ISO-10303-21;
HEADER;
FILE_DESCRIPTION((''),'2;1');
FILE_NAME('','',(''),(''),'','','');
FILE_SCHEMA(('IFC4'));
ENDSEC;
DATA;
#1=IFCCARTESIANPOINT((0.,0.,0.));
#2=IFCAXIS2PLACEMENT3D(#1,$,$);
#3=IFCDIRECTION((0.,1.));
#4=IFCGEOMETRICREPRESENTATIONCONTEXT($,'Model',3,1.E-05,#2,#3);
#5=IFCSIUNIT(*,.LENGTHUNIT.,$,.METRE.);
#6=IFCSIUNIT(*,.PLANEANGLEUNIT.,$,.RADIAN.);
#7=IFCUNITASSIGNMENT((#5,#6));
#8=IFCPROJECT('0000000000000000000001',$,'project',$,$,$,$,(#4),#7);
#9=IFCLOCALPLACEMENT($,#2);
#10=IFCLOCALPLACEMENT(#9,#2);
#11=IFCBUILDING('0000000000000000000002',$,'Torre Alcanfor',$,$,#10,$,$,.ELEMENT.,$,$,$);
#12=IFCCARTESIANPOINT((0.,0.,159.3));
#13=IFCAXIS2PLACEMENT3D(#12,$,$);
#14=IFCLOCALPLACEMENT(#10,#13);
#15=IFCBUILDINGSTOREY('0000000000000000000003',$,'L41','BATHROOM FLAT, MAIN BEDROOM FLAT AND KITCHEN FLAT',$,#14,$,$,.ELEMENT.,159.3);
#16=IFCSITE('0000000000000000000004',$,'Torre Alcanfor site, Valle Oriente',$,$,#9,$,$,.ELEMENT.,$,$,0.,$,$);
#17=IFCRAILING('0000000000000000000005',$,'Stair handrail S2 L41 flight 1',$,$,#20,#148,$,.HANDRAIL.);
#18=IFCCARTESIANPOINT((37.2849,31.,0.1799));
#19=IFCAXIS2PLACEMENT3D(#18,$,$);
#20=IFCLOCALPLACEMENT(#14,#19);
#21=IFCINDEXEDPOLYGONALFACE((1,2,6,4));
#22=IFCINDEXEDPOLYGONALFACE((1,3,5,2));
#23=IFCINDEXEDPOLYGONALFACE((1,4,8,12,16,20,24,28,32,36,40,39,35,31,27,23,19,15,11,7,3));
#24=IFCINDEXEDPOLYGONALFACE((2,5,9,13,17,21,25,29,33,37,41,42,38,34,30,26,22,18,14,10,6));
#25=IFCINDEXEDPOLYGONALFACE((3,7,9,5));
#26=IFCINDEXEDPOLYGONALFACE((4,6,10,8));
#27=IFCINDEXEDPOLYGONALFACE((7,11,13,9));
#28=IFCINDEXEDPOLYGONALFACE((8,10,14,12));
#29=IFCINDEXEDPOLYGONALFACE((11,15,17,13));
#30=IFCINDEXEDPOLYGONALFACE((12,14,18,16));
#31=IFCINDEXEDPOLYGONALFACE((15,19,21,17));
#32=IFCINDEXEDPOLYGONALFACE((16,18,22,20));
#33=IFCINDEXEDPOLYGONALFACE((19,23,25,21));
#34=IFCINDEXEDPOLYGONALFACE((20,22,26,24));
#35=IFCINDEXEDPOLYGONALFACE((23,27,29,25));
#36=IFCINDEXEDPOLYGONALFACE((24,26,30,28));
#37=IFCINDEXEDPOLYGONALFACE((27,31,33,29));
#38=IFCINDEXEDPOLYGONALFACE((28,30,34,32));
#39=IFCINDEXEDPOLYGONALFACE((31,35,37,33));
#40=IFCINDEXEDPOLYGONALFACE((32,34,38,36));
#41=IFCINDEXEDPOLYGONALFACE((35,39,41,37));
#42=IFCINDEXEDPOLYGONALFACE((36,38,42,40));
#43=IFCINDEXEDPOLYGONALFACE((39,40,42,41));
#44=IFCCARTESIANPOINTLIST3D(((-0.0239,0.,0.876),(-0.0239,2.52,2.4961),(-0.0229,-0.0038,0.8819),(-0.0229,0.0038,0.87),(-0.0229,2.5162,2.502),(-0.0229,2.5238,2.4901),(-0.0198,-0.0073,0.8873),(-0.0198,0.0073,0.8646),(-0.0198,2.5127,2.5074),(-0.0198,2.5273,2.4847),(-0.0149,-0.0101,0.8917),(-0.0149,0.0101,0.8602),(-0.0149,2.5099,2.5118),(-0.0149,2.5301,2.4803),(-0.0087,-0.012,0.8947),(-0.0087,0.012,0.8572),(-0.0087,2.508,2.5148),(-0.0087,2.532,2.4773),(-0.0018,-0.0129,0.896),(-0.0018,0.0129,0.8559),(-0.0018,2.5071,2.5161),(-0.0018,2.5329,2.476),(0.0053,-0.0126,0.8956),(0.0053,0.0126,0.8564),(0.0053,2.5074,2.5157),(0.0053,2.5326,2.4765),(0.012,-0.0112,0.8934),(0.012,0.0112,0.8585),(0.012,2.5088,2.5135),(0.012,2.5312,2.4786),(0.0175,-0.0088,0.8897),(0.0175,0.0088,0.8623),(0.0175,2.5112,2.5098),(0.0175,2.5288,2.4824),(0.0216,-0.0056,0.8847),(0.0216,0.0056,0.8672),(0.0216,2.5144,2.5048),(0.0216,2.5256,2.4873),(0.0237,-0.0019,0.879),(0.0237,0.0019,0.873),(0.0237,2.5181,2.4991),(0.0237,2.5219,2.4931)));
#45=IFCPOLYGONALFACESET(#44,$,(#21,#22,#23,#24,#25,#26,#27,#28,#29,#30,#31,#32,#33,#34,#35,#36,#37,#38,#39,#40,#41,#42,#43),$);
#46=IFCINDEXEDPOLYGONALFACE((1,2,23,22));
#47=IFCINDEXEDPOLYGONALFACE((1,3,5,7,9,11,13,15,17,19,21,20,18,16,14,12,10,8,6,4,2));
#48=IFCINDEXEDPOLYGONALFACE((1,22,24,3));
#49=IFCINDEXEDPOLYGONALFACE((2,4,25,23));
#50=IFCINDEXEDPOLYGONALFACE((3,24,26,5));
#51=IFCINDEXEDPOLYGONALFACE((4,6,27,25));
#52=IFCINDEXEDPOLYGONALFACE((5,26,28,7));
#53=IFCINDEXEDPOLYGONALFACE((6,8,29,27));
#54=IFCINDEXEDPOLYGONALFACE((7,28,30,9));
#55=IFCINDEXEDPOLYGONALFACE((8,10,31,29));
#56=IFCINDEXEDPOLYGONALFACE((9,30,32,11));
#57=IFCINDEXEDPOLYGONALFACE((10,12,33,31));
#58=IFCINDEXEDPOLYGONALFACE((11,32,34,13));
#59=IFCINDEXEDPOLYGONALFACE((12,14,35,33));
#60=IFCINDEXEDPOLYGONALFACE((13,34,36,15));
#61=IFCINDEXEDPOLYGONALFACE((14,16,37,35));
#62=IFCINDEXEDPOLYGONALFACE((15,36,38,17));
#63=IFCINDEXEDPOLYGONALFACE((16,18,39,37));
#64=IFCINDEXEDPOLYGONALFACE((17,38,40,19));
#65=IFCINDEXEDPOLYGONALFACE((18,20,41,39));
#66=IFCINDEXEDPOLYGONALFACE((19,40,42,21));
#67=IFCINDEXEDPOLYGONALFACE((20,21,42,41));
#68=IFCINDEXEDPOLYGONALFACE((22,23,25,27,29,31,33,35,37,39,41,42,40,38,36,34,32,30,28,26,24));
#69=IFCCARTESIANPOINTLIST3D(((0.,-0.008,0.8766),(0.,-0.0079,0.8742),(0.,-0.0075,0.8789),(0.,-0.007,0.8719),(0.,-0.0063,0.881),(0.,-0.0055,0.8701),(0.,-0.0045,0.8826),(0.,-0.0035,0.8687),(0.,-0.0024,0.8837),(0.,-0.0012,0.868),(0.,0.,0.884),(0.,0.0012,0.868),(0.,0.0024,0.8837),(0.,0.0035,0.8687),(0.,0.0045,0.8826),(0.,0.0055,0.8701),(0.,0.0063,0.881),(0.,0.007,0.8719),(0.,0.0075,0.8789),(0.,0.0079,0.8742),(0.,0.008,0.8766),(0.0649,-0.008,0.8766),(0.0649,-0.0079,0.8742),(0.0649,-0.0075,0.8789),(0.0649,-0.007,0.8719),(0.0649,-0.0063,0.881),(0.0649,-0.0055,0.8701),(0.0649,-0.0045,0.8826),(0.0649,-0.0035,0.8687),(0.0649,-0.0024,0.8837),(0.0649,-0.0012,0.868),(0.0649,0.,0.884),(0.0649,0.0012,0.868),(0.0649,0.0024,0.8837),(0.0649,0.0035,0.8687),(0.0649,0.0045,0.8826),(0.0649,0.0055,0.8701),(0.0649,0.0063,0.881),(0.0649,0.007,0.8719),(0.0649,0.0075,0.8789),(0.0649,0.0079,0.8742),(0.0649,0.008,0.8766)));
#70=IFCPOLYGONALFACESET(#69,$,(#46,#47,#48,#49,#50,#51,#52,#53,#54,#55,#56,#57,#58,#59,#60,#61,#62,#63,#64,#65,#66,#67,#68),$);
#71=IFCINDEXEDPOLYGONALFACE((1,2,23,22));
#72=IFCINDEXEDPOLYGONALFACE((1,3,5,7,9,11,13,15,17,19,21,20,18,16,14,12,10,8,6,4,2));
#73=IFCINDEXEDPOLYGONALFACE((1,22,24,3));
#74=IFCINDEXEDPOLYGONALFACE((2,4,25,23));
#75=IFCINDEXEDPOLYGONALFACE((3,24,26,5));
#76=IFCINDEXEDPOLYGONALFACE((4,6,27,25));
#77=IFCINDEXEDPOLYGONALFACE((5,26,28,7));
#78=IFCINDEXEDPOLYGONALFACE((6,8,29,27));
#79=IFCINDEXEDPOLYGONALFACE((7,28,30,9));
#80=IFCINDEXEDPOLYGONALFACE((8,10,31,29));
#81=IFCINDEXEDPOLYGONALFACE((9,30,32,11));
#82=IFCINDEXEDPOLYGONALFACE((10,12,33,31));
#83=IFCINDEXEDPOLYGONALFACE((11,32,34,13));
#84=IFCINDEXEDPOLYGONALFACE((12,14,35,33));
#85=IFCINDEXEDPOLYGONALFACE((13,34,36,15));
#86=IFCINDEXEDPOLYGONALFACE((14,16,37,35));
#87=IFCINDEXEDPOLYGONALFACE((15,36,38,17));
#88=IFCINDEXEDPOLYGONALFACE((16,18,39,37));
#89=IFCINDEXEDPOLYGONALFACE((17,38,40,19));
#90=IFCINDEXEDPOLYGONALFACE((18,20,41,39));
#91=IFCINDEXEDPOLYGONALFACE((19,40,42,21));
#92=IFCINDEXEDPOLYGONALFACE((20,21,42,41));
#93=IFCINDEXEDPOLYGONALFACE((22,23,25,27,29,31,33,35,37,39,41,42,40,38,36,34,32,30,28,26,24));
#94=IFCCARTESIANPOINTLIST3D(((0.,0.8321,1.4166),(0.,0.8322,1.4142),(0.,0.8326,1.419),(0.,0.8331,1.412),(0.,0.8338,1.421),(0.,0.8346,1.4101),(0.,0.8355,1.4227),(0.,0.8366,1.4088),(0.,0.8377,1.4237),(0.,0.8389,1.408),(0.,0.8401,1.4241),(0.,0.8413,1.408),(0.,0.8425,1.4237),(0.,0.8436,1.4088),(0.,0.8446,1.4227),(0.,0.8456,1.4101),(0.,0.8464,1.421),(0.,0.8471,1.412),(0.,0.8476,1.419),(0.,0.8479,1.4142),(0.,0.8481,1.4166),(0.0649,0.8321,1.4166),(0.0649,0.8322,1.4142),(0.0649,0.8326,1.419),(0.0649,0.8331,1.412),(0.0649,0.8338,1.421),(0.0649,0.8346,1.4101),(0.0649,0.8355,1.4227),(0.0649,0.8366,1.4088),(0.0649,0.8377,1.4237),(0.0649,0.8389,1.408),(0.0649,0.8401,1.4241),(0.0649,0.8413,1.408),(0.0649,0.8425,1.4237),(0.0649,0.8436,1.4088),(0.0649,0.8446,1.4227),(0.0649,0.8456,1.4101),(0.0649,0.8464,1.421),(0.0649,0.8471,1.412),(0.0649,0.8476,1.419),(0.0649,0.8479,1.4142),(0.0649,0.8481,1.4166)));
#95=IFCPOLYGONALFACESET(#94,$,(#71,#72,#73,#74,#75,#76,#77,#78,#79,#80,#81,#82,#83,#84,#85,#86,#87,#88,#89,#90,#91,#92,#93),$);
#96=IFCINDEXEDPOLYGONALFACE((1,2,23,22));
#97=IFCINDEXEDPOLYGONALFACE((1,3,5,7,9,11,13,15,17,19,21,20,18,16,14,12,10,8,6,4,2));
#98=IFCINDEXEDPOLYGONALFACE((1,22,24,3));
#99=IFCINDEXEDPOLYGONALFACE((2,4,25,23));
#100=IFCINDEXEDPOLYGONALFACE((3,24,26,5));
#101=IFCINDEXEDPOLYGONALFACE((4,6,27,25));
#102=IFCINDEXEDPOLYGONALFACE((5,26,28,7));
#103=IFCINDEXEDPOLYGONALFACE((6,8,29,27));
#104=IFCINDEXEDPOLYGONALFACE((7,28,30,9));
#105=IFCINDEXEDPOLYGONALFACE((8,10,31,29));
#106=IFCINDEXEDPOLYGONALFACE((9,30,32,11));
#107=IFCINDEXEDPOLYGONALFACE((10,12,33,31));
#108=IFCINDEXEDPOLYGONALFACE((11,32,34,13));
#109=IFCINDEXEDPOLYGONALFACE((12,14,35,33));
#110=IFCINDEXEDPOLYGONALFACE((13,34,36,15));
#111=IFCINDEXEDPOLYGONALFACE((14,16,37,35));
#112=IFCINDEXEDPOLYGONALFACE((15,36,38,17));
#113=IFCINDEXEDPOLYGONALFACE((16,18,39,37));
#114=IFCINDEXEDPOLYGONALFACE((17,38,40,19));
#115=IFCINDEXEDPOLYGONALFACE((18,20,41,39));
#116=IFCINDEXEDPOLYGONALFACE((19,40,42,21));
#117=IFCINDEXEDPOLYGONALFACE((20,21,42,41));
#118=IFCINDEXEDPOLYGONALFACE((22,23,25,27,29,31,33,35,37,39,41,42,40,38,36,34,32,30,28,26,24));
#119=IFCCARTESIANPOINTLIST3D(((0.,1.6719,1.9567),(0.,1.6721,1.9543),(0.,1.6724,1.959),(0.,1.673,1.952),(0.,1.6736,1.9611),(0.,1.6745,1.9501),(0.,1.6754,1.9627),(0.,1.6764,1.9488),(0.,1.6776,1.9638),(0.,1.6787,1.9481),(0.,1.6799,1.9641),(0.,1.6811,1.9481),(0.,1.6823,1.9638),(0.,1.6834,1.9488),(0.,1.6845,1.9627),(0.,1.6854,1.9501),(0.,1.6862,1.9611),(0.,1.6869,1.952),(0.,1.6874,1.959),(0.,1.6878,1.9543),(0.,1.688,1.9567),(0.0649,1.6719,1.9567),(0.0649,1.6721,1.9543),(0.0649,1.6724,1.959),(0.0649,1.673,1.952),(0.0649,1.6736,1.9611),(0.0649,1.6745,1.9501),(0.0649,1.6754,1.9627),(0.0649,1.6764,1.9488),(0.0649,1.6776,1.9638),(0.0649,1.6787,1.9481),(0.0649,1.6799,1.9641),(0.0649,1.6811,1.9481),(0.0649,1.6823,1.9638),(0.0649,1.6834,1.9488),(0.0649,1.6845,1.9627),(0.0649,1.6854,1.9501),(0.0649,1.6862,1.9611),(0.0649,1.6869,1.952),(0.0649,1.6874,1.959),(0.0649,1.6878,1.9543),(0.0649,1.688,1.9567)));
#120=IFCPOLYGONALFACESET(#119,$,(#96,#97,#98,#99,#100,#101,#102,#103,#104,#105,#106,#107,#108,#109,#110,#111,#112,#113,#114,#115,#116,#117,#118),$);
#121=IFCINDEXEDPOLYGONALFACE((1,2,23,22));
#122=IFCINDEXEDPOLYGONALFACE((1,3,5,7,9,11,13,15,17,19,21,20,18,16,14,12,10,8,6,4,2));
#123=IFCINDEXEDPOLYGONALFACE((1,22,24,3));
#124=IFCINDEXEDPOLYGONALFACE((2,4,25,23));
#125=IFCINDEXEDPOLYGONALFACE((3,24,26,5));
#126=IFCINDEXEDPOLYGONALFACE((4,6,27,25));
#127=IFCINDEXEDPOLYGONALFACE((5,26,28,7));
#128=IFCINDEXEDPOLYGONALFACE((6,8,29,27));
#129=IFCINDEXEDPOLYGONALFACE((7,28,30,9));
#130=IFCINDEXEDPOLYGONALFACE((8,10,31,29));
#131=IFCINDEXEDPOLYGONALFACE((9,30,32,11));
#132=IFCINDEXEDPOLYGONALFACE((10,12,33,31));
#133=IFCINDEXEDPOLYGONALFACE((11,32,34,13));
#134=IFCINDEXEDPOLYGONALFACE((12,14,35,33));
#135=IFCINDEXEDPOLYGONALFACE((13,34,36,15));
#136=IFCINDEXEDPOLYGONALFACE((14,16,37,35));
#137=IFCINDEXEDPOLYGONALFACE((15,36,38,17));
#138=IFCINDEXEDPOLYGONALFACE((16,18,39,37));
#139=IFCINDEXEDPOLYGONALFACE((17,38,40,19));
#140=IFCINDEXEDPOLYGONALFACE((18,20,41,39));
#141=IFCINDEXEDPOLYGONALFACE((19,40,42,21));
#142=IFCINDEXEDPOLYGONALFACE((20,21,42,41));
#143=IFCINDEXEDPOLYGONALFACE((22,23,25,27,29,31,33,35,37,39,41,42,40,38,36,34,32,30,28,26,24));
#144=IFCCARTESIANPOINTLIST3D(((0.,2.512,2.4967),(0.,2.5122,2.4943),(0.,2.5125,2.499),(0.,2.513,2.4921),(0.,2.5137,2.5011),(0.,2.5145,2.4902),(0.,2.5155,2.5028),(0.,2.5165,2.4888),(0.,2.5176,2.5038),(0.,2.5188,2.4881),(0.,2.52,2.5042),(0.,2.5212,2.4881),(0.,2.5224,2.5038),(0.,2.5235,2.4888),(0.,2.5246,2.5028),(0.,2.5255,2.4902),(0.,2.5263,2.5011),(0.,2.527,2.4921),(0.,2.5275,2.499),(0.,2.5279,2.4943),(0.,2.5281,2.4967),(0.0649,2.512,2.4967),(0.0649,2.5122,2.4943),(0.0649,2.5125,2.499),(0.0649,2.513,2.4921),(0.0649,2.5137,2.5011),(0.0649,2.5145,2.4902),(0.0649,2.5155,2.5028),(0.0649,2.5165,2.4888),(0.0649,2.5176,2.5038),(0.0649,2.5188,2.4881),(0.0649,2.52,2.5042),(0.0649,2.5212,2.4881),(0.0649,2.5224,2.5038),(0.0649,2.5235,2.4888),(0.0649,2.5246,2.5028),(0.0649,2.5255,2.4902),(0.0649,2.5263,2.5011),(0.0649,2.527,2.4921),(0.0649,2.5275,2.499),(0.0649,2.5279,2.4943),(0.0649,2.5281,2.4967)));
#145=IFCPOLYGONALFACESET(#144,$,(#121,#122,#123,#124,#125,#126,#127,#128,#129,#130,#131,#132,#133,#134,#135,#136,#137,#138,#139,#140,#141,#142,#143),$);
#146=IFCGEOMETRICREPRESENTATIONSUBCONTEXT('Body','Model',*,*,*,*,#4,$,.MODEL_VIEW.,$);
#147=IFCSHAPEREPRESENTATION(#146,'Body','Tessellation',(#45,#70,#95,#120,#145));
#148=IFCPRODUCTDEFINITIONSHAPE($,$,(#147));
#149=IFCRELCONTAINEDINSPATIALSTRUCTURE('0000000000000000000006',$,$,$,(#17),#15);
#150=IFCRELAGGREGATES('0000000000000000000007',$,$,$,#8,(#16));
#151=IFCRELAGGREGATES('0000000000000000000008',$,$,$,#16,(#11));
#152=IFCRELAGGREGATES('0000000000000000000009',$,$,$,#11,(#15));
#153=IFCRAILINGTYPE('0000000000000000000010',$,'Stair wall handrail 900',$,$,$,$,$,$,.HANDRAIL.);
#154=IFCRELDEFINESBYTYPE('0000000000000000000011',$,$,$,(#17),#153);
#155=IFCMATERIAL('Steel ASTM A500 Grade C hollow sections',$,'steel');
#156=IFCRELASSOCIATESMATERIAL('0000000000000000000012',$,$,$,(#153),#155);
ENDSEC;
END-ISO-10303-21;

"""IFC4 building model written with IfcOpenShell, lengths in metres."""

from ifc_helpers import new_model, si_unit, direction, frame, origin, origin_2d, place, context, subcontext, project, spatial, circle, extrude, material, type_object, element, save


model = new_model("IFC4")

# Units and contexts
model_context = context("Model", 3, precision=1e-05, world=origin(), true_north=direction((0.0, 1.0)))
body_context = subcontext(model_context, "Body", "Model", "MODEL_VIEW")
ifc_project = project(units=[si_unit("LENGTHUNIT", "METRE"), si_unit("PLANEANGLEUNIT", "RADIAN")], contexts=[model_context])

# Site, building, storey
site_placement = place(None, origin())
site = spatial("IfcSite", under=ifc_project, at=site_placement, Name="Torre Alcanfor site, Valle Oriente", CompositionType="ELEMENT", RefElevation=0.0)
building_placement = place(site_placement, origin())
building = spatial("IfcBuilding", under=site, at=building_placement, Name="Torre Alcanfor", CompositionType="ELEMENT")
storey_placement = place(building_placement, frame((0.0, 0.0, 159.3)))
storey = spatial("IfcBuildingStorey", under=building, at=storey_placement, Name="L41", Description="BATHROOM FLAT, MAIN BEDROOM FLAT AND KITCHEN FLAT", CompositionType="ELEMENT", Elevation=159.3)

# Railing
ifc_material_1 = material(Name="Steel ASTM A500 Grade C hollow sections", Category="steel")
railing_type_1 = type_object("IfcRailingType", Name="Stair wall handrail 900", PredefinedType="HANDRAIL", material=ifc_material_1)
railing_1_placement = place(storey_placement, frame((37.2849, 31.0, 0.1799)))
element("IfcRailing", 1, at=railing_1_placement, inside=storey, type_object=railing_type_1, Name="Stair handrail S2 L41 flight 1", PredefinedType="HANDRAIL", context=body_context, shape_type="SweptSolid", body=[
    extrude(circle(Radius=0.0239, at=origin_2d()), frame((0.0, 0.0, 0.876), z_axis=(0.0, 0.841163, 0.540782), x_axis=(-1.0, 0.0, 0.0)), (0.0, 0.0, 1.0), 2.9958),
    extrude(circle(Radius=0.0081, at=origin_2d()), frame((0.0, 0.0, 0.876), z_axis=(1.0, 0.0, 0.0), x_axis=(0.0, 0.0, 1.0)), (0.0, 0.0, 1.0), 0.0649),
    extrude(circle(Radius=0.0081, at=origin_2d()), frame((0.0, 0.8401, 1.416), z_axis=(1.0, 0.0, 0.0), x_axis=(0.0, 0.0, 1.0)), (0.0, 0.0, 1.0), 0.0649),
    extrude(circle(Radius=0.0081, at=origin_2d()), frame((0.0, 1.6799, 1.9561), z_axis=(1.0, 0.0, 0.0), x_axis=(0.0, 0.0, 1.0)), (0.0, 0.0, 1.0), 0.0649),
    extrude(circle(Radius=0.0081, at=origin_2d()), frame((0.0, 2.52, 2.4961), z_axis=(1.0, 0.0, 0.0), x_axis=(0.0, 0.0, 1.0)), (0.0, 0.0, 1.0), 0.0649),
])

save(model, "model.ifc")
